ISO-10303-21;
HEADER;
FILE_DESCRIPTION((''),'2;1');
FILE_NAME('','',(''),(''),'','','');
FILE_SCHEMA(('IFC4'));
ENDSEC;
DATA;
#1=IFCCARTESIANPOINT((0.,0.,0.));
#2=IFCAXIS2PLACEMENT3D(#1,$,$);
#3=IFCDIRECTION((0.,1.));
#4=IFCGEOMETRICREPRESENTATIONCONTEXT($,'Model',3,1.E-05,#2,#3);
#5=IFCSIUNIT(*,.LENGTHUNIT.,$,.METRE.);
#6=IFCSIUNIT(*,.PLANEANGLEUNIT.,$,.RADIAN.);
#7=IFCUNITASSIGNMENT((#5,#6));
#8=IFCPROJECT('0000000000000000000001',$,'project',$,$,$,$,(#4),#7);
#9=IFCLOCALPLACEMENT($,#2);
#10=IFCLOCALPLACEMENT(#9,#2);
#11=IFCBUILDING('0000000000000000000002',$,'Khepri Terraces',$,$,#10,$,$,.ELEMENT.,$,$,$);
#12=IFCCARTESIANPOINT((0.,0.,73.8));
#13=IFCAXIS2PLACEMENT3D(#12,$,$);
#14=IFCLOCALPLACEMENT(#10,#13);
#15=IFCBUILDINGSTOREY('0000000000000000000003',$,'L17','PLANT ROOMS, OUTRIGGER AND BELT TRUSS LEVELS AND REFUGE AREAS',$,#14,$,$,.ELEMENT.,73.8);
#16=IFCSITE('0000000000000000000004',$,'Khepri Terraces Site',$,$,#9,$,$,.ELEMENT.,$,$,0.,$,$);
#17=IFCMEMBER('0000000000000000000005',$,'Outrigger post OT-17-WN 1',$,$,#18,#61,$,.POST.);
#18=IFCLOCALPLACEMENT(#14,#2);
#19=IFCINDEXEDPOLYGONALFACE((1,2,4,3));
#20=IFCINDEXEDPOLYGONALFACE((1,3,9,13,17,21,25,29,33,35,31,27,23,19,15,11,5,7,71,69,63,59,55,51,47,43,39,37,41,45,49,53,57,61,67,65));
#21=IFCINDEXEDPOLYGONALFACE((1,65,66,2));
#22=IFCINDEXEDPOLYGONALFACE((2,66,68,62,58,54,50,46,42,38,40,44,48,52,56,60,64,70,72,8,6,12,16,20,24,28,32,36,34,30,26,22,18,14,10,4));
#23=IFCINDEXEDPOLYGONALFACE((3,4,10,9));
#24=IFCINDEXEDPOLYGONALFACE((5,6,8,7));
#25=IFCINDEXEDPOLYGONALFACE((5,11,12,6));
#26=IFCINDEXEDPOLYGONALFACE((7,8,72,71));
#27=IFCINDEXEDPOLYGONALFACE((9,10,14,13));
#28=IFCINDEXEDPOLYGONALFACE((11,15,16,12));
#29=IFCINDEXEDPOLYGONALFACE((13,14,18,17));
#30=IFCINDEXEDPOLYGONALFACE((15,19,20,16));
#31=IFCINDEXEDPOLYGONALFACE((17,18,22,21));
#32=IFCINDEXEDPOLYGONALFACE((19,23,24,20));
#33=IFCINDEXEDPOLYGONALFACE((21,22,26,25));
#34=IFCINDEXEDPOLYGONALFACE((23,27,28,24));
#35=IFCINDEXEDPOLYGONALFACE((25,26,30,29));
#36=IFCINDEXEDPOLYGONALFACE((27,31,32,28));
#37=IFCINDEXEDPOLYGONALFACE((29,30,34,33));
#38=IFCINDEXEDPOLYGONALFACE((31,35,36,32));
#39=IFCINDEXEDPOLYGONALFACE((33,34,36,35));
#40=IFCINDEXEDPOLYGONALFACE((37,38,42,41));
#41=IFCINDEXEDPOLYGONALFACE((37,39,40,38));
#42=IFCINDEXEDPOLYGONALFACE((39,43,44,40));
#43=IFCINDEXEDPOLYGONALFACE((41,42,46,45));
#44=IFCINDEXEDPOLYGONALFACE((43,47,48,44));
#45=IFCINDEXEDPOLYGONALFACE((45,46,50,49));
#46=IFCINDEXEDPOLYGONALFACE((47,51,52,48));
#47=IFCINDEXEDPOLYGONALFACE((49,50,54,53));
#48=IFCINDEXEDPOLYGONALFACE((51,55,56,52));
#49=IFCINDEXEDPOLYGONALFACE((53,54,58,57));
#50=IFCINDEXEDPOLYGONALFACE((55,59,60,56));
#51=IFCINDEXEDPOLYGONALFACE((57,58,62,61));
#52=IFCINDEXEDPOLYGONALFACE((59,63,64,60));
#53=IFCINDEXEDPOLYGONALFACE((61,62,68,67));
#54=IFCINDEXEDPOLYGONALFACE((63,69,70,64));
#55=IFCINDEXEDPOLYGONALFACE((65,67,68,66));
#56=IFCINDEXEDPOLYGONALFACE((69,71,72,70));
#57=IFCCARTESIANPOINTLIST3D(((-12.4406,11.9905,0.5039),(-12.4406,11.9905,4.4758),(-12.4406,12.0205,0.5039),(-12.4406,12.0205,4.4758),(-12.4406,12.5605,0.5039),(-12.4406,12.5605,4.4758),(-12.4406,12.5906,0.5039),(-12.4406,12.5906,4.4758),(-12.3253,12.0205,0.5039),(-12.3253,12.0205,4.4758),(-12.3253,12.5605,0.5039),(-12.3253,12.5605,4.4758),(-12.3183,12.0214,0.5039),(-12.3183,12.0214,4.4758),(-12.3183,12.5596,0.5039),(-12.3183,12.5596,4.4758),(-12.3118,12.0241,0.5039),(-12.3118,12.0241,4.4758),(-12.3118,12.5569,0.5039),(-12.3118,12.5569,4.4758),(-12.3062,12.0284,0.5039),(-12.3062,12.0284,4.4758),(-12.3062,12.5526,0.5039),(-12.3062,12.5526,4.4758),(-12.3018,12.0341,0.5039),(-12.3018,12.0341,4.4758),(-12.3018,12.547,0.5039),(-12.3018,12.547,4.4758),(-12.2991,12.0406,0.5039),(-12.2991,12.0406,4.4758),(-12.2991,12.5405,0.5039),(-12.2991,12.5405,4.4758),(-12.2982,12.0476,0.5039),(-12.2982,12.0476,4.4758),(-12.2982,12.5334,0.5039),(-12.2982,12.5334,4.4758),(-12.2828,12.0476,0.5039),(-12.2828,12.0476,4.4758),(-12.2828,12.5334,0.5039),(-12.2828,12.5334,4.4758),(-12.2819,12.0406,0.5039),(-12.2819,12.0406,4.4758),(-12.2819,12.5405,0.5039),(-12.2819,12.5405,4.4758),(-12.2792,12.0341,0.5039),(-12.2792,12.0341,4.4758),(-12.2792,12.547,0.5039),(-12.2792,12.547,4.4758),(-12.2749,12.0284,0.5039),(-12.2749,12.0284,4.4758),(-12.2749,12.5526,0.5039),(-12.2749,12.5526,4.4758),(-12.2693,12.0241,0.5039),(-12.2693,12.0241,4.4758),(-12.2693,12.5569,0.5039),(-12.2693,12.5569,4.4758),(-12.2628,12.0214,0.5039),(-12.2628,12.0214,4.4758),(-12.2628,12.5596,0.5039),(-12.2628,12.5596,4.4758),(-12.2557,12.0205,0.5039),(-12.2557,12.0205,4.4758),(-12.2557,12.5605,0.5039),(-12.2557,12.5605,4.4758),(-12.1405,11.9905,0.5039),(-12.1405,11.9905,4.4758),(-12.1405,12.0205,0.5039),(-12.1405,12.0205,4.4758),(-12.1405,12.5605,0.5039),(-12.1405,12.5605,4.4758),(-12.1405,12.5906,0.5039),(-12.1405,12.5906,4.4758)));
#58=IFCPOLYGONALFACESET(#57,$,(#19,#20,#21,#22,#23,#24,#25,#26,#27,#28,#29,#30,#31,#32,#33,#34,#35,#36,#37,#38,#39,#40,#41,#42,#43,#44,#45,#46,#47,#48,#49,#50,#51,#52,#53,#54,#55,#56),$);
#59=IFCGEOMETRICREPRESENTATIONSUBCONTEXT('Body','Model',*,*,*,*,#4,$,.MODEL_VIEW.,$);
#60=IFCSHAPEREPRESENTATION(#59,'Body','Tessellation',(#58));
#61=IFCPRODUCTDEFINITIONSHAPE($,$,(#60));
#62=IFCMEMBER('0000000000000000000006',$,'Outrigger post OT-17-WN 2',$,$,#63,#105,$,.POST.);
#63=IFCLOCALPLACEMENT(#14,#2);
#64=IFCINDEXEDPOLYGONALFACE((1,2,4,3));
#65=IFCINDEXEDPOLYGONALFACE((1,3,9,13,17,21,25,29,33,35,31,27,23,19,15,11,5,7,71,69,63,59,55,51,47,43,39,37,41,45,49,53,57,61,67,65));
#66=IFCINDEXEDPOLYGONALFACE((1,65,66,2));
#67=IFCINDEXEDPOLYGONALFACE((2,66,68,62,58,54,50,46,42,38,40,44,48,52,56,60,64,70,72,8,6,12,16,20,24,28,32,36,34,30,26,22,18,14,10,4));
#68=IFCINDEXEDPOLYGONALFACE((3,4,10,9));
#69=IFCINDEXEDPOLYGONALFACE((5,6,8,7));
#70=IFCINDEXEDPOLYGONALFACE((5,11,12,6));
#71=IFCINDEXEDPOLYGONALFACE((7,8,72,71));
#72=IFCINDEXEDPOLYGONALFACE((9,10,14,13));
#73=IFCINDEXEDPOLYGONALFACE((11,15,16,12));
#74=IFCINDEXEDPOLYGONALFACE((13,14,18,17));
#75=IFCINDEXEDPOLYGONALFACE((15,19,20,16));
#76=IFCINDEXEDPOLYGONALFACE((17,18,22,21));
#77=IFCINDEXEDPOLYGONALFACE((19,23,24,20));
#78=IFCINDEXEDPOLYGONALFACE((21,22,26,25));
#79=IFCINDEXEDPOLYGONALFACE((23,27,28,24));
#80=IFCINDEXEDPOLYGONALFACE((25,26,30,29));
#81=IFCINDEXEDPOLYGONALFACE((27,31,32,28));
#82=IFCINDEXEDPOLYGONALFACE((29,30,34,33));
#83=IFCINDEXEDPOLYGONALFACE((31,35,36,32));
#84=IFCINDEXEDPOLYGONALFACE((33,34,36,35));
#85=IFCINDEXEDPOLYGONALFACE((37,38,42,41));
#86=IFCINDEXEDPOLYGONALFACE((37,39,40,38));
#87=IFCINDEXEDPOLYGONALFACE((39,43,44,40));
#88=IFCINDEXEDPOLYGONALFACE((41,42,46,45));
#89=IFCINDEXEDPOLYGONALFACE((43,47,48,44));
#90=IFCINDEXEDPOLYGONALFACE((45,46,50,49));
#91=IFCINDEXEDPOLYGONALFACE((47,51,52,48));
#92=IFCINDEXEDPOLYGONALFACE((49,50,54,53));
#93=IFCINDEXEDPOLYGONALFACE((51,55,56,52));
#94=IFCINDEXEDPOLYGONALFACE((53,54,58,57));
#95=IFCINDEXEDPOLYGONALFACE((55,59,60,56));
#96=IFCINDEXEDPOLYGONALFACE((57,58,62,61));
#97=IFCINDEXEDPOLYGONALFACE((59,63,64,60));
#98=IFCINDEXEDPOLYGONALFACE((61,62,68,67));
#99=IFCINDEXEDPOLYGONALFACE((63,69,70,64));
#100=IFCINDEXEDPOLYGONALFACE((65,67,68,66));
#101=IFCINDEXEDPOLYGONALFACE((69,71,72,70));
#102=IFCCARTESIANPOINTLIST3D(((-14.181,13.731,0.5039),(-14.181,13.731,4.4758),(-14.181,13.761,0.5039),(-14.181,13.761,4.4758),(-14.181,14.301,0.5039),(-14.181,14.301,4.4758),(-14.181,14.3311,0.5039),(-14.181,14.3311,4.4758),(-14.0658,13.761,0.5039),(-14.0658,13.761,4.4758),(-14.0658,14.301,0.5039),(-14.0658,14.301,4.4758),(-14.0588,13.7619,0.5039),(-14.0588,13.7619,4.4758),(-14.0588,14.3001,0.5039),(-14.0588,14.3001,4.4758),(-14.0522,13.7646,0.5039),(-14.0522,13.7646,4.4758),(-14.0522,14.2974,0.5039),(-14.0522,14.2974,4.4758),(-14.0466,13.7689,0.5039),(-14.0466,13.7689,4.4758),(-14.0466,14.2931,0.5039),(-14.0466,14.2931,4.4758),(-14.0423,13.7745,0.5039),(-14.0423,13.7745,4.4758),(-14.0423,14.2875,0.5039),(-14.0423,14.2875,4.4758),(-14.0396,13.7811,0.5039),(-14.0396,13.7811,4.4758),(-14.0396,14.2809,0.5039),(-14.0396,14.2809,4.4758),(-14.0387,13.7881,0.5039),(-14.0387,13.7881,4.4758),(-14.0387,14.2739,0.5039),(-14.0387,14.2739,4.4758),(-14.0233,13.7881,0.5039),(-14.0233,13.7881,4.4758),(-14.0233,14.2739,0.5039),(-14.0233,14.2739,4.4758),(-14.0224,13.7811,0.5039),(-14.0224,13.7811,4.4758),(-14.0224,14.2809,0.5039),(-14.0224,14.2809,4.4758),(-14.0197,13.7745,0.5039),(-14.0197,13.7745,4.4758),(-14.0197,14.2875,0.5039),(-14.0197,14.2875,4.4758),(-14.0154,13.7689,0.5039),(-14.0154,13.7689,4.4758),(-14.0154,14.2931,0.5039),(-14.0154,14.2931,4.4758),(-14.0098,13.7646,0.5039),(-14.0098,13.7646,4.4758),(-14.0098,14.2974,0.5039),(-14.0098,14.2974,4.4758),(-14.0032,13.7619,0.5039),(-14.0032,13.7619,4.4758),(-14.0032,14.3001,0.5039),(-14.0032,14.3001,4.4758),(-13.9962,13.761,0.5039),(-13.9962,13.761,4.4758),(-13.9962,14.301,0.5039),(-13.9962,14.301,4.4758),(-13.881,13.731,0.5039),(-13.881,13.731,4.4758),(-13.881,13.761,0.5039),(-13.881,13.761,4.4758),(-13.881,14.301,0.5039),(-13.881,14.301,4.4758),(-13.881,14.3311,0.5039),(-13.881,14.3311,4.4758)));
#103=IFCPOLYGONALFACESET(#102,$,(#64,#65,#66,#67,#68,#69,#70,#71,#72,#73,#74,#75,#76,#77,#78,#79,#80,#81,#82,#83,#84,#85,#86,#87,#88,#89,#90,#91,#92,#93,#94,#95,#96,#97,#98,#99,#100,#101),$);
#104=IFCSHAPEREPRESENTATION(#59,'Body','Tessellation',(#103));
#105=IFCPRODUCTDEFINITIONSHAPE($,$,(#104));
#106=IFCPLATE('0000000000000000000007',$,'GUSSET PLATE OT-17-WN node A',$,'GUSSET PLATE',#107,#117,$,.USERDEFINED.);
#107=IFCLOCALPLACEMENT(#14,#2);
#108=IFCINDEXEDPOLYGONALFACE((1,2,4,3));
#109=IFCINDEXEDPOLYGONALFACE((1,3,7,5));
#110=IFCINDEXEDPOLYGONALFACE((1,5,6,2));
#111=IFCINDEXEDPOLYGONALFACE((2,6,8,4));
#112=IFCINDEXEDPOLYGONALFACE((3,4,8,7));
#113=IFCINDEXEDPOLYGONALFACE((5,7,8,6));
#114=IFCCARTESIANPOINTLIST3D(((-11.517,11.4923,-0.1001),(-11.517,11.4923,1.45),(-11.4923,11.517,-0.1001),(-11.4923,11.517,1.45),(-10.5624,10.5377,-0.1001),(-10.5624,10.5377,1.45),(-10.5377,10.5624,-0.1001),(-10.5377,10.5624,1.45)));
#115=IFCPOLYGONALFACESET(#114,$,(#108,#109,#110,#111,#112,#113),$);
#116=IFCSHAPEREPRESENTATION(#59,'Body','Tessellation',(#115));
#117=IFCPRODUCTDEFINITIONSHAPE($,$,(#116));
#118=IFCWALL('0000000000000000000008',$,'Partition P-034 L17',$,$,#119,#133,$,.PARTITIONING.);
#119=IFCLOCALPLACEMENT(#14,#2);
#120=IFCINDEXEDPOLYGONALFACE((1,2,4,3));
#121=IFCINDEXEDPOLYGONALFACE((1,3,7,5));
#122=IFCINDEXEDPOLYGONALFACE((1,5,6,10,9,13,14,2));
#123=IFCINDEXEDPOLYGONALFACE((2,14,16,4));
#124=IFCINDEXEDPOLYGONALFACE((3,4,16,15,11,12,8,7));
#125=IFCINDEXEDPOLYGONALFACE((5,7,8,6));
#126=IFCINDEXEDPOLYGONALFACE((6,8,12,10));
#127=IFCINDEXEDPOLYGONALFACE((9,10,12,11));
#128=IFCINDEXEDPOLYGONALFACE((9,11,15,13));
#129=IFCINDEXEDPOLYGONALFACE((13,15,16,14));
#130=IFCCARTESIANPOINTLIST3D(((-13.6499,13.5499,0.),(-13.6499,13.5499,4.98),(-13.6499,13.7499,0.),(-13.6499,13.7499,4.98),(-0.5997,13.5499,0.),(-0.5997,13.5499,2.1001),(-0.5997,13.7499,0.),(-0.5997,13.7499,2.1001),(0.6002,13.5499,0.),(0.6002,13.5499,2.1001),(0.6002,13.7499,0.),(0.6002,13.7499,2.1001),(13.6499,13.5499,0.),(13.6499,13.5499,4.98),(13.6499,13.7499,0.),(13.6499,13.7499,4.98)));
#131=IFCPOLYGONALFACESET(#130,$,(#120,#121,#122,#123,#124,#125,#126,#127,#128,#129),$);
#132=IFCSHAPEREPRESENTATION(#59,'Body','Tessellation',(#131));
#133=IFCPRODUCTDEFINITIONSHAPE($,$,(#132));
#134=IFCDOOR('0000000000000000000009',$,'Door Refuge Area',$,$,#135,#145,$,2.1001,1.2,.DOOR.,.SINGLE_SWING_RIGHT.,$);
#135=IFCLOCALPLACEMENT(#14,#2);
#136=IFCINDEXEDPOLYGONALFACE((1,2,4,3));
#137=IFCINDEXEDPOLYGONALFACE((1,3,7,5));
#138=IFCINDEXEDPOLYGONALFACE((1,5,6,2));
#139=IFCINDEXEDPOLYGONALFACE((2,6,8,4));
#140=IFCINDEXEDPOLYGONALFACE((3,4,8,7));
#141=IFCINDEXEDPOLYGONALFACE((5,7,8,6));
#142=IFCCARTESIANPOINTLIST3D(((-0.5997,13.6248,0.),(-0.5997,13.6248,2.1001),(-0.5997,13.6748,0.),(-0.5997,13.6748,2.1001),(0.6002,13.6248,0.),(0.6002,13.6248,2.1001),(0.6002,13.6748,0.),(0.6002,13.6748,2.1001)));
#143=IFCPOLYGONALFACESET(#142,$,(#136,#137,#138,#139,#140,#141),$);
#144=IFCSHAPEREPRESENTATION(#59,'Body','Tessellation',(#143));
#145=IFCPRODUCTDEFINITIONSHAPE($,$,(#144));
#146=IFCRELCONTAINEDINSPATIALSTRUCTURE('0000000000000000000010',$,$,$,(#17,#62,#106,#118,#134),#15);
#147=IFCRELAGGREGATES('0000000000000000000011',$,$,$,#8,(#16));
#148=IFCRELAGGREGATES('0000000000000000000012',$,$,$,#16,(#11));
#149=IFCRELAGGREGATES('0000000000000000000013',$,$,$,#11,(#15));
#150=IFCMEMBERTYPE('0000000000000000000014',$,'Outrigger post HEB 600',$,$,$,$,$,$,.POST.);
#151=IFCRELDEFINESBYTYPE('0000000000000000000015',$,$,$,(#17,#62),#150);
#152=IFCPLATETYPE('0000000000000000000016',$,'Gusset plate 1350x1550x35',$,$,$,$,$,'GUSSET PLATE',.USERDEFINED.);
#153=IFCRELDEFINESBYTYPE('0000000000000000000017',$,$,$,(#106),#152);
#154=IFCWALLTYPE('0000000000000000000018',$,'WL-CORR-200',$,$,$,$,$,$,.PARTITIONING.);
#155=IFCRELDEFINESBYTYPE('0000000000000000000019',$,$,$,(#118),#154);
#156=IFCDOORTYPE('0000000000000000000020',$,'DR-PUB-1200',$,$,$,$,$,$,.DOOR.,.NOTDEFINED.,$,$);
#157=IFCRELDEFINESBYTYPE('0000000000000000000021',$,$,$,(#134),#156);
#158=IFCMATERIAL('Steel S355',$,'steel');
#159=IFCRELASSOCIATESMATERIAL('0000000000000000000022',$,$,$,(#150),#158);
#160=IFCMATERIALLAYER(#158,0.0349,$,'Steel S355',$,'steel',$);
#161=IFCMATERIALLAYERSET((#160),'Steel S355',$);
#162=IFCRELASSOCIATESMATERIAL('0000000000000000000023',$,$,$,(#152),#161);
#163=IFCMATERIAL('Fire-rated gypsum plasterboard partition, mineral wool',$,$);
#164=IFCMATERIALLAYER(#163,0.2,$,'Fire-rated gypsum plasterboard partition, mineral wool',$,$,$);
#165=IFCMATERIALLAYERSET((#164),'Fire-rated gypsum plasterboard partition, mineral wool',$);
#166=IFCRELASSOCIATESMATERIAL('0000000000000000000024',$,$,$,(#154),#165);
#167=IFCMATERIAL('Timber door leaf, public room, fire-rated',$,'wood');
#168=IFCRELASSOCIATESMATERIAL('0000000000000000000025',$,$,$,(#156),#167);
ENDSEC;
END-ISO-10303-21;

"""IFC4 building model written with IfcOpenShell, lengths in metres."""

from ifc_helpers import new_model, si_unit, direction, frame, frame_2d, origin, origin_2d, place, context, subcontext, project, spatial, rectangle, i_section, extrude, material, layer, layer_set, material_profile, profile_set, type_object, element, fill, save


model = new_model("IFC4")

# Units and contexts
model_context = context("Model", 3, precision=1e-05, world=origin(), true_north=direction((0.0, 1.0)))
body_context = subcontext(model_context, "Body", "Model", "MODEL_VIEW")
ifc_project = project(units=[si_unit("LENGTHUNIT", "METRE"), si_unit("PLANEANGLEUNIT", "RADIAN")], contexts=[model_context])

# Site, building, storey
site_placement = place(None, origin())
site = spatial("IfcSite", under=ifc_project, at=site_placement, Name="Khepri Terraces Site", CompositionType="ELEMENT", RefElevation=0.0)
building_placement = place(site_placement, origin())
building = spatial("IfcBuilding", under=site, at=building_placement, Name="Khepri Terraces", CompositionType="ELEMENT")
storey_placement = place(building_placement, frame((0.0, 0.0, 73.8)))
storey = spatial("IfcBuildingStorey", under=building, at=storey_placement, Name="L17", Description="PLANT ROOMS, OUTRIGGER AND BELT TRUSS LEVELS AND REFUGE AREAS", CompositionType="ELEMENT", Elevation=73.8)

# Members
ifc_material_1 = material(Name="Steel S355", Category="steel")
ifc_material_profile_1 = material_profile(ifc_material_1, i_section(OverallWidth=0.3, OverallDepth=0.6001, WebThickness=0.0154, FlangeThickness=0.03, FilletRadius=0.0271, at=origin_2d()), Name="Steel S355", Category="steel")
ifc_profile_set_1 = profile_set([ifc_material_profile_1], Name="Steel S355")
member_type_1 = type_object("IfcMemberType", Name="Outrigger post HEB 600", PredefinedType="POST", material=ifc_profile_set_1)
for number, where, z_axis, x_axis, name in (
    (1, (-12.2905, 12.2905, 0.5039), (0.0, 0.0, 1.0), (1.0, 0.0, 0.0), "Outrigger post OT-17-WN 1"),
    (2, (-14.031, 14.031, 0.5039), (0.0, 0.0, 1.0), (1.0, 0.0, 0.0), "Outrigger post OT-17-WN 2"),
):
    element("IfcMember", number, at=place(storey_placement, frame(where, z_axis=z_axis, x_axis=x_axis)), inside=storey, type_object=member_type_1, Name=name, PredefinedType="POST", context=body_context, shape_type="SweptSolid", body=[
        extrude(i_section(OverallWidth=0.3, OverallDepth=0.6001, WebThickness=0.0154, FlangeThickness=0.03, FilletRadius=0.0271, at=origin_2d()), origin(), (0.0, 0.0, 1.0), 3.9719),
    ])

# Plate
ifc_layer_1 = layer(ifc_material_1, 0.0349, Name="Steel S355", Category="steel")
ifc_layer_set_1 = layer_set([ifc_layer_1], Name="Steel S355")
plate_type = type_object("IfcPlateType", Name="Gusset plate 1350x1550x35", ElementType="GUSSET PLATE", PredefinedType="USERDEFINED", material=ifc_layer_set_1)
plate_placement = place(storey_placement, frame((-11.0273, 11.0273, -0.1001), z_axis=(0.0, 0.0, 1.0), x_axis=(-0.707107, 0.707107, 0.0)))
element("IfcPlate", 3, at=plate_placement, inside=storey, type_object=plate_type, Name="GUSSET PLATE OT-17-WN node A", ObjectType="GUSSET PLATE", PredefinedType="USERDEFINED", context=body_context, shape_type="SweptSolid", body=[
    extrude(rectangle(XDim=1.3501, YDim=0.0349, at=origin_2d()), origin(), (0.0, 0.0, 1.0), 1.55),
])

# Wall, opening, door
ifc_material_2 = material(Name="Fire-rated gypsum plasterboard partition, mineral wool")
ifc_layer_2 = layer(ifc_material_2, 0.2, Name="Fire-rated gypsum plasterboard partition, mineral wool")
ifc_layer_set_2 = layer_set([ifc_layer_2], Name="Fire-rated gypsum plasterboard partition, mineral wool")
wall_type = type_object("IfcWallType", Name="WL-CORR-200", PredefinedType="PARTITIONING", material=ifc_layer_set_2)
wall_placement = place(storey_placement, frame((-13.6499, 13.6499, 0.0), z_axis=(0.0, 0.0, 1.0), x_axis=(1.0, 0.0, 0.0)))
wall = element("IfcWall", 4, at=wall_placement, inside=storey, type_object=wall_type, Name="Partition P-034 L17", PredefinedType="PARTITIONING", context=body_context, shape_type="SweptSolid", body=[
    extrude(rectangle(XDim=27.2998, YDim=0.2, at=frame_2d((13.6499, 0.0))), origin(), (0.0, 0.0, 1.0), 4.98),
])
opening_placement = place(wall_placement, frame((13.05, 0.0, 0.0)))
opening = element("IfcOpeningElement", 5, at=opening_placement, cuts=wall, PredefinedType="OPENING", context=body_context, shape_type="SweptSolid", body=[
    extrude(rectangle(XDim=1.2, YDim=2.1001, at=frame_2d((0.6001, 1.05))), frame((0.0, 0.1099, 0.0), z_axis=(0.0, -1.0, 0.0), x_axis=(1.0, 0.0, 0.0)), (0.0, 0.0, 1.0), 0.22),
])
ifc_material_3 = material(Name="Timber door leaf, public room, fire-rated", Category="wood")
door_type = type_object("IfcDoorType", Name="DR-PUB-1200", OperationType="NOTDEFINED", PredefinedType="DOOR", material=ifc_material_3)
door_placement = place(opening_placement, origin())
door = element("IfcDoor", 6, at=door_placement, inside=storey, type_object=door_type, Name="Door Refuge Area", OperationType="SINGLE_SWING_RIGHT", OverallHeight=2.1001, OverallWidth=1.2, PredefinedType="DOOR", context=body_context, shape_type="SweptSolid", body=[
    extrude(rectangle(XDim=1.2, YDim=2.1001, at=frame_2d((0.6001, 1.05))), frame((0.0, 0.0249, 0.0), z_axis=(0.0, -1.0, 0.0), x_axis=(1.0, 0.0, 0.0)), (0.0, 0.0, 1.0), 0.05),
])
fill(opening, door)

save(model, "model.ifc")
